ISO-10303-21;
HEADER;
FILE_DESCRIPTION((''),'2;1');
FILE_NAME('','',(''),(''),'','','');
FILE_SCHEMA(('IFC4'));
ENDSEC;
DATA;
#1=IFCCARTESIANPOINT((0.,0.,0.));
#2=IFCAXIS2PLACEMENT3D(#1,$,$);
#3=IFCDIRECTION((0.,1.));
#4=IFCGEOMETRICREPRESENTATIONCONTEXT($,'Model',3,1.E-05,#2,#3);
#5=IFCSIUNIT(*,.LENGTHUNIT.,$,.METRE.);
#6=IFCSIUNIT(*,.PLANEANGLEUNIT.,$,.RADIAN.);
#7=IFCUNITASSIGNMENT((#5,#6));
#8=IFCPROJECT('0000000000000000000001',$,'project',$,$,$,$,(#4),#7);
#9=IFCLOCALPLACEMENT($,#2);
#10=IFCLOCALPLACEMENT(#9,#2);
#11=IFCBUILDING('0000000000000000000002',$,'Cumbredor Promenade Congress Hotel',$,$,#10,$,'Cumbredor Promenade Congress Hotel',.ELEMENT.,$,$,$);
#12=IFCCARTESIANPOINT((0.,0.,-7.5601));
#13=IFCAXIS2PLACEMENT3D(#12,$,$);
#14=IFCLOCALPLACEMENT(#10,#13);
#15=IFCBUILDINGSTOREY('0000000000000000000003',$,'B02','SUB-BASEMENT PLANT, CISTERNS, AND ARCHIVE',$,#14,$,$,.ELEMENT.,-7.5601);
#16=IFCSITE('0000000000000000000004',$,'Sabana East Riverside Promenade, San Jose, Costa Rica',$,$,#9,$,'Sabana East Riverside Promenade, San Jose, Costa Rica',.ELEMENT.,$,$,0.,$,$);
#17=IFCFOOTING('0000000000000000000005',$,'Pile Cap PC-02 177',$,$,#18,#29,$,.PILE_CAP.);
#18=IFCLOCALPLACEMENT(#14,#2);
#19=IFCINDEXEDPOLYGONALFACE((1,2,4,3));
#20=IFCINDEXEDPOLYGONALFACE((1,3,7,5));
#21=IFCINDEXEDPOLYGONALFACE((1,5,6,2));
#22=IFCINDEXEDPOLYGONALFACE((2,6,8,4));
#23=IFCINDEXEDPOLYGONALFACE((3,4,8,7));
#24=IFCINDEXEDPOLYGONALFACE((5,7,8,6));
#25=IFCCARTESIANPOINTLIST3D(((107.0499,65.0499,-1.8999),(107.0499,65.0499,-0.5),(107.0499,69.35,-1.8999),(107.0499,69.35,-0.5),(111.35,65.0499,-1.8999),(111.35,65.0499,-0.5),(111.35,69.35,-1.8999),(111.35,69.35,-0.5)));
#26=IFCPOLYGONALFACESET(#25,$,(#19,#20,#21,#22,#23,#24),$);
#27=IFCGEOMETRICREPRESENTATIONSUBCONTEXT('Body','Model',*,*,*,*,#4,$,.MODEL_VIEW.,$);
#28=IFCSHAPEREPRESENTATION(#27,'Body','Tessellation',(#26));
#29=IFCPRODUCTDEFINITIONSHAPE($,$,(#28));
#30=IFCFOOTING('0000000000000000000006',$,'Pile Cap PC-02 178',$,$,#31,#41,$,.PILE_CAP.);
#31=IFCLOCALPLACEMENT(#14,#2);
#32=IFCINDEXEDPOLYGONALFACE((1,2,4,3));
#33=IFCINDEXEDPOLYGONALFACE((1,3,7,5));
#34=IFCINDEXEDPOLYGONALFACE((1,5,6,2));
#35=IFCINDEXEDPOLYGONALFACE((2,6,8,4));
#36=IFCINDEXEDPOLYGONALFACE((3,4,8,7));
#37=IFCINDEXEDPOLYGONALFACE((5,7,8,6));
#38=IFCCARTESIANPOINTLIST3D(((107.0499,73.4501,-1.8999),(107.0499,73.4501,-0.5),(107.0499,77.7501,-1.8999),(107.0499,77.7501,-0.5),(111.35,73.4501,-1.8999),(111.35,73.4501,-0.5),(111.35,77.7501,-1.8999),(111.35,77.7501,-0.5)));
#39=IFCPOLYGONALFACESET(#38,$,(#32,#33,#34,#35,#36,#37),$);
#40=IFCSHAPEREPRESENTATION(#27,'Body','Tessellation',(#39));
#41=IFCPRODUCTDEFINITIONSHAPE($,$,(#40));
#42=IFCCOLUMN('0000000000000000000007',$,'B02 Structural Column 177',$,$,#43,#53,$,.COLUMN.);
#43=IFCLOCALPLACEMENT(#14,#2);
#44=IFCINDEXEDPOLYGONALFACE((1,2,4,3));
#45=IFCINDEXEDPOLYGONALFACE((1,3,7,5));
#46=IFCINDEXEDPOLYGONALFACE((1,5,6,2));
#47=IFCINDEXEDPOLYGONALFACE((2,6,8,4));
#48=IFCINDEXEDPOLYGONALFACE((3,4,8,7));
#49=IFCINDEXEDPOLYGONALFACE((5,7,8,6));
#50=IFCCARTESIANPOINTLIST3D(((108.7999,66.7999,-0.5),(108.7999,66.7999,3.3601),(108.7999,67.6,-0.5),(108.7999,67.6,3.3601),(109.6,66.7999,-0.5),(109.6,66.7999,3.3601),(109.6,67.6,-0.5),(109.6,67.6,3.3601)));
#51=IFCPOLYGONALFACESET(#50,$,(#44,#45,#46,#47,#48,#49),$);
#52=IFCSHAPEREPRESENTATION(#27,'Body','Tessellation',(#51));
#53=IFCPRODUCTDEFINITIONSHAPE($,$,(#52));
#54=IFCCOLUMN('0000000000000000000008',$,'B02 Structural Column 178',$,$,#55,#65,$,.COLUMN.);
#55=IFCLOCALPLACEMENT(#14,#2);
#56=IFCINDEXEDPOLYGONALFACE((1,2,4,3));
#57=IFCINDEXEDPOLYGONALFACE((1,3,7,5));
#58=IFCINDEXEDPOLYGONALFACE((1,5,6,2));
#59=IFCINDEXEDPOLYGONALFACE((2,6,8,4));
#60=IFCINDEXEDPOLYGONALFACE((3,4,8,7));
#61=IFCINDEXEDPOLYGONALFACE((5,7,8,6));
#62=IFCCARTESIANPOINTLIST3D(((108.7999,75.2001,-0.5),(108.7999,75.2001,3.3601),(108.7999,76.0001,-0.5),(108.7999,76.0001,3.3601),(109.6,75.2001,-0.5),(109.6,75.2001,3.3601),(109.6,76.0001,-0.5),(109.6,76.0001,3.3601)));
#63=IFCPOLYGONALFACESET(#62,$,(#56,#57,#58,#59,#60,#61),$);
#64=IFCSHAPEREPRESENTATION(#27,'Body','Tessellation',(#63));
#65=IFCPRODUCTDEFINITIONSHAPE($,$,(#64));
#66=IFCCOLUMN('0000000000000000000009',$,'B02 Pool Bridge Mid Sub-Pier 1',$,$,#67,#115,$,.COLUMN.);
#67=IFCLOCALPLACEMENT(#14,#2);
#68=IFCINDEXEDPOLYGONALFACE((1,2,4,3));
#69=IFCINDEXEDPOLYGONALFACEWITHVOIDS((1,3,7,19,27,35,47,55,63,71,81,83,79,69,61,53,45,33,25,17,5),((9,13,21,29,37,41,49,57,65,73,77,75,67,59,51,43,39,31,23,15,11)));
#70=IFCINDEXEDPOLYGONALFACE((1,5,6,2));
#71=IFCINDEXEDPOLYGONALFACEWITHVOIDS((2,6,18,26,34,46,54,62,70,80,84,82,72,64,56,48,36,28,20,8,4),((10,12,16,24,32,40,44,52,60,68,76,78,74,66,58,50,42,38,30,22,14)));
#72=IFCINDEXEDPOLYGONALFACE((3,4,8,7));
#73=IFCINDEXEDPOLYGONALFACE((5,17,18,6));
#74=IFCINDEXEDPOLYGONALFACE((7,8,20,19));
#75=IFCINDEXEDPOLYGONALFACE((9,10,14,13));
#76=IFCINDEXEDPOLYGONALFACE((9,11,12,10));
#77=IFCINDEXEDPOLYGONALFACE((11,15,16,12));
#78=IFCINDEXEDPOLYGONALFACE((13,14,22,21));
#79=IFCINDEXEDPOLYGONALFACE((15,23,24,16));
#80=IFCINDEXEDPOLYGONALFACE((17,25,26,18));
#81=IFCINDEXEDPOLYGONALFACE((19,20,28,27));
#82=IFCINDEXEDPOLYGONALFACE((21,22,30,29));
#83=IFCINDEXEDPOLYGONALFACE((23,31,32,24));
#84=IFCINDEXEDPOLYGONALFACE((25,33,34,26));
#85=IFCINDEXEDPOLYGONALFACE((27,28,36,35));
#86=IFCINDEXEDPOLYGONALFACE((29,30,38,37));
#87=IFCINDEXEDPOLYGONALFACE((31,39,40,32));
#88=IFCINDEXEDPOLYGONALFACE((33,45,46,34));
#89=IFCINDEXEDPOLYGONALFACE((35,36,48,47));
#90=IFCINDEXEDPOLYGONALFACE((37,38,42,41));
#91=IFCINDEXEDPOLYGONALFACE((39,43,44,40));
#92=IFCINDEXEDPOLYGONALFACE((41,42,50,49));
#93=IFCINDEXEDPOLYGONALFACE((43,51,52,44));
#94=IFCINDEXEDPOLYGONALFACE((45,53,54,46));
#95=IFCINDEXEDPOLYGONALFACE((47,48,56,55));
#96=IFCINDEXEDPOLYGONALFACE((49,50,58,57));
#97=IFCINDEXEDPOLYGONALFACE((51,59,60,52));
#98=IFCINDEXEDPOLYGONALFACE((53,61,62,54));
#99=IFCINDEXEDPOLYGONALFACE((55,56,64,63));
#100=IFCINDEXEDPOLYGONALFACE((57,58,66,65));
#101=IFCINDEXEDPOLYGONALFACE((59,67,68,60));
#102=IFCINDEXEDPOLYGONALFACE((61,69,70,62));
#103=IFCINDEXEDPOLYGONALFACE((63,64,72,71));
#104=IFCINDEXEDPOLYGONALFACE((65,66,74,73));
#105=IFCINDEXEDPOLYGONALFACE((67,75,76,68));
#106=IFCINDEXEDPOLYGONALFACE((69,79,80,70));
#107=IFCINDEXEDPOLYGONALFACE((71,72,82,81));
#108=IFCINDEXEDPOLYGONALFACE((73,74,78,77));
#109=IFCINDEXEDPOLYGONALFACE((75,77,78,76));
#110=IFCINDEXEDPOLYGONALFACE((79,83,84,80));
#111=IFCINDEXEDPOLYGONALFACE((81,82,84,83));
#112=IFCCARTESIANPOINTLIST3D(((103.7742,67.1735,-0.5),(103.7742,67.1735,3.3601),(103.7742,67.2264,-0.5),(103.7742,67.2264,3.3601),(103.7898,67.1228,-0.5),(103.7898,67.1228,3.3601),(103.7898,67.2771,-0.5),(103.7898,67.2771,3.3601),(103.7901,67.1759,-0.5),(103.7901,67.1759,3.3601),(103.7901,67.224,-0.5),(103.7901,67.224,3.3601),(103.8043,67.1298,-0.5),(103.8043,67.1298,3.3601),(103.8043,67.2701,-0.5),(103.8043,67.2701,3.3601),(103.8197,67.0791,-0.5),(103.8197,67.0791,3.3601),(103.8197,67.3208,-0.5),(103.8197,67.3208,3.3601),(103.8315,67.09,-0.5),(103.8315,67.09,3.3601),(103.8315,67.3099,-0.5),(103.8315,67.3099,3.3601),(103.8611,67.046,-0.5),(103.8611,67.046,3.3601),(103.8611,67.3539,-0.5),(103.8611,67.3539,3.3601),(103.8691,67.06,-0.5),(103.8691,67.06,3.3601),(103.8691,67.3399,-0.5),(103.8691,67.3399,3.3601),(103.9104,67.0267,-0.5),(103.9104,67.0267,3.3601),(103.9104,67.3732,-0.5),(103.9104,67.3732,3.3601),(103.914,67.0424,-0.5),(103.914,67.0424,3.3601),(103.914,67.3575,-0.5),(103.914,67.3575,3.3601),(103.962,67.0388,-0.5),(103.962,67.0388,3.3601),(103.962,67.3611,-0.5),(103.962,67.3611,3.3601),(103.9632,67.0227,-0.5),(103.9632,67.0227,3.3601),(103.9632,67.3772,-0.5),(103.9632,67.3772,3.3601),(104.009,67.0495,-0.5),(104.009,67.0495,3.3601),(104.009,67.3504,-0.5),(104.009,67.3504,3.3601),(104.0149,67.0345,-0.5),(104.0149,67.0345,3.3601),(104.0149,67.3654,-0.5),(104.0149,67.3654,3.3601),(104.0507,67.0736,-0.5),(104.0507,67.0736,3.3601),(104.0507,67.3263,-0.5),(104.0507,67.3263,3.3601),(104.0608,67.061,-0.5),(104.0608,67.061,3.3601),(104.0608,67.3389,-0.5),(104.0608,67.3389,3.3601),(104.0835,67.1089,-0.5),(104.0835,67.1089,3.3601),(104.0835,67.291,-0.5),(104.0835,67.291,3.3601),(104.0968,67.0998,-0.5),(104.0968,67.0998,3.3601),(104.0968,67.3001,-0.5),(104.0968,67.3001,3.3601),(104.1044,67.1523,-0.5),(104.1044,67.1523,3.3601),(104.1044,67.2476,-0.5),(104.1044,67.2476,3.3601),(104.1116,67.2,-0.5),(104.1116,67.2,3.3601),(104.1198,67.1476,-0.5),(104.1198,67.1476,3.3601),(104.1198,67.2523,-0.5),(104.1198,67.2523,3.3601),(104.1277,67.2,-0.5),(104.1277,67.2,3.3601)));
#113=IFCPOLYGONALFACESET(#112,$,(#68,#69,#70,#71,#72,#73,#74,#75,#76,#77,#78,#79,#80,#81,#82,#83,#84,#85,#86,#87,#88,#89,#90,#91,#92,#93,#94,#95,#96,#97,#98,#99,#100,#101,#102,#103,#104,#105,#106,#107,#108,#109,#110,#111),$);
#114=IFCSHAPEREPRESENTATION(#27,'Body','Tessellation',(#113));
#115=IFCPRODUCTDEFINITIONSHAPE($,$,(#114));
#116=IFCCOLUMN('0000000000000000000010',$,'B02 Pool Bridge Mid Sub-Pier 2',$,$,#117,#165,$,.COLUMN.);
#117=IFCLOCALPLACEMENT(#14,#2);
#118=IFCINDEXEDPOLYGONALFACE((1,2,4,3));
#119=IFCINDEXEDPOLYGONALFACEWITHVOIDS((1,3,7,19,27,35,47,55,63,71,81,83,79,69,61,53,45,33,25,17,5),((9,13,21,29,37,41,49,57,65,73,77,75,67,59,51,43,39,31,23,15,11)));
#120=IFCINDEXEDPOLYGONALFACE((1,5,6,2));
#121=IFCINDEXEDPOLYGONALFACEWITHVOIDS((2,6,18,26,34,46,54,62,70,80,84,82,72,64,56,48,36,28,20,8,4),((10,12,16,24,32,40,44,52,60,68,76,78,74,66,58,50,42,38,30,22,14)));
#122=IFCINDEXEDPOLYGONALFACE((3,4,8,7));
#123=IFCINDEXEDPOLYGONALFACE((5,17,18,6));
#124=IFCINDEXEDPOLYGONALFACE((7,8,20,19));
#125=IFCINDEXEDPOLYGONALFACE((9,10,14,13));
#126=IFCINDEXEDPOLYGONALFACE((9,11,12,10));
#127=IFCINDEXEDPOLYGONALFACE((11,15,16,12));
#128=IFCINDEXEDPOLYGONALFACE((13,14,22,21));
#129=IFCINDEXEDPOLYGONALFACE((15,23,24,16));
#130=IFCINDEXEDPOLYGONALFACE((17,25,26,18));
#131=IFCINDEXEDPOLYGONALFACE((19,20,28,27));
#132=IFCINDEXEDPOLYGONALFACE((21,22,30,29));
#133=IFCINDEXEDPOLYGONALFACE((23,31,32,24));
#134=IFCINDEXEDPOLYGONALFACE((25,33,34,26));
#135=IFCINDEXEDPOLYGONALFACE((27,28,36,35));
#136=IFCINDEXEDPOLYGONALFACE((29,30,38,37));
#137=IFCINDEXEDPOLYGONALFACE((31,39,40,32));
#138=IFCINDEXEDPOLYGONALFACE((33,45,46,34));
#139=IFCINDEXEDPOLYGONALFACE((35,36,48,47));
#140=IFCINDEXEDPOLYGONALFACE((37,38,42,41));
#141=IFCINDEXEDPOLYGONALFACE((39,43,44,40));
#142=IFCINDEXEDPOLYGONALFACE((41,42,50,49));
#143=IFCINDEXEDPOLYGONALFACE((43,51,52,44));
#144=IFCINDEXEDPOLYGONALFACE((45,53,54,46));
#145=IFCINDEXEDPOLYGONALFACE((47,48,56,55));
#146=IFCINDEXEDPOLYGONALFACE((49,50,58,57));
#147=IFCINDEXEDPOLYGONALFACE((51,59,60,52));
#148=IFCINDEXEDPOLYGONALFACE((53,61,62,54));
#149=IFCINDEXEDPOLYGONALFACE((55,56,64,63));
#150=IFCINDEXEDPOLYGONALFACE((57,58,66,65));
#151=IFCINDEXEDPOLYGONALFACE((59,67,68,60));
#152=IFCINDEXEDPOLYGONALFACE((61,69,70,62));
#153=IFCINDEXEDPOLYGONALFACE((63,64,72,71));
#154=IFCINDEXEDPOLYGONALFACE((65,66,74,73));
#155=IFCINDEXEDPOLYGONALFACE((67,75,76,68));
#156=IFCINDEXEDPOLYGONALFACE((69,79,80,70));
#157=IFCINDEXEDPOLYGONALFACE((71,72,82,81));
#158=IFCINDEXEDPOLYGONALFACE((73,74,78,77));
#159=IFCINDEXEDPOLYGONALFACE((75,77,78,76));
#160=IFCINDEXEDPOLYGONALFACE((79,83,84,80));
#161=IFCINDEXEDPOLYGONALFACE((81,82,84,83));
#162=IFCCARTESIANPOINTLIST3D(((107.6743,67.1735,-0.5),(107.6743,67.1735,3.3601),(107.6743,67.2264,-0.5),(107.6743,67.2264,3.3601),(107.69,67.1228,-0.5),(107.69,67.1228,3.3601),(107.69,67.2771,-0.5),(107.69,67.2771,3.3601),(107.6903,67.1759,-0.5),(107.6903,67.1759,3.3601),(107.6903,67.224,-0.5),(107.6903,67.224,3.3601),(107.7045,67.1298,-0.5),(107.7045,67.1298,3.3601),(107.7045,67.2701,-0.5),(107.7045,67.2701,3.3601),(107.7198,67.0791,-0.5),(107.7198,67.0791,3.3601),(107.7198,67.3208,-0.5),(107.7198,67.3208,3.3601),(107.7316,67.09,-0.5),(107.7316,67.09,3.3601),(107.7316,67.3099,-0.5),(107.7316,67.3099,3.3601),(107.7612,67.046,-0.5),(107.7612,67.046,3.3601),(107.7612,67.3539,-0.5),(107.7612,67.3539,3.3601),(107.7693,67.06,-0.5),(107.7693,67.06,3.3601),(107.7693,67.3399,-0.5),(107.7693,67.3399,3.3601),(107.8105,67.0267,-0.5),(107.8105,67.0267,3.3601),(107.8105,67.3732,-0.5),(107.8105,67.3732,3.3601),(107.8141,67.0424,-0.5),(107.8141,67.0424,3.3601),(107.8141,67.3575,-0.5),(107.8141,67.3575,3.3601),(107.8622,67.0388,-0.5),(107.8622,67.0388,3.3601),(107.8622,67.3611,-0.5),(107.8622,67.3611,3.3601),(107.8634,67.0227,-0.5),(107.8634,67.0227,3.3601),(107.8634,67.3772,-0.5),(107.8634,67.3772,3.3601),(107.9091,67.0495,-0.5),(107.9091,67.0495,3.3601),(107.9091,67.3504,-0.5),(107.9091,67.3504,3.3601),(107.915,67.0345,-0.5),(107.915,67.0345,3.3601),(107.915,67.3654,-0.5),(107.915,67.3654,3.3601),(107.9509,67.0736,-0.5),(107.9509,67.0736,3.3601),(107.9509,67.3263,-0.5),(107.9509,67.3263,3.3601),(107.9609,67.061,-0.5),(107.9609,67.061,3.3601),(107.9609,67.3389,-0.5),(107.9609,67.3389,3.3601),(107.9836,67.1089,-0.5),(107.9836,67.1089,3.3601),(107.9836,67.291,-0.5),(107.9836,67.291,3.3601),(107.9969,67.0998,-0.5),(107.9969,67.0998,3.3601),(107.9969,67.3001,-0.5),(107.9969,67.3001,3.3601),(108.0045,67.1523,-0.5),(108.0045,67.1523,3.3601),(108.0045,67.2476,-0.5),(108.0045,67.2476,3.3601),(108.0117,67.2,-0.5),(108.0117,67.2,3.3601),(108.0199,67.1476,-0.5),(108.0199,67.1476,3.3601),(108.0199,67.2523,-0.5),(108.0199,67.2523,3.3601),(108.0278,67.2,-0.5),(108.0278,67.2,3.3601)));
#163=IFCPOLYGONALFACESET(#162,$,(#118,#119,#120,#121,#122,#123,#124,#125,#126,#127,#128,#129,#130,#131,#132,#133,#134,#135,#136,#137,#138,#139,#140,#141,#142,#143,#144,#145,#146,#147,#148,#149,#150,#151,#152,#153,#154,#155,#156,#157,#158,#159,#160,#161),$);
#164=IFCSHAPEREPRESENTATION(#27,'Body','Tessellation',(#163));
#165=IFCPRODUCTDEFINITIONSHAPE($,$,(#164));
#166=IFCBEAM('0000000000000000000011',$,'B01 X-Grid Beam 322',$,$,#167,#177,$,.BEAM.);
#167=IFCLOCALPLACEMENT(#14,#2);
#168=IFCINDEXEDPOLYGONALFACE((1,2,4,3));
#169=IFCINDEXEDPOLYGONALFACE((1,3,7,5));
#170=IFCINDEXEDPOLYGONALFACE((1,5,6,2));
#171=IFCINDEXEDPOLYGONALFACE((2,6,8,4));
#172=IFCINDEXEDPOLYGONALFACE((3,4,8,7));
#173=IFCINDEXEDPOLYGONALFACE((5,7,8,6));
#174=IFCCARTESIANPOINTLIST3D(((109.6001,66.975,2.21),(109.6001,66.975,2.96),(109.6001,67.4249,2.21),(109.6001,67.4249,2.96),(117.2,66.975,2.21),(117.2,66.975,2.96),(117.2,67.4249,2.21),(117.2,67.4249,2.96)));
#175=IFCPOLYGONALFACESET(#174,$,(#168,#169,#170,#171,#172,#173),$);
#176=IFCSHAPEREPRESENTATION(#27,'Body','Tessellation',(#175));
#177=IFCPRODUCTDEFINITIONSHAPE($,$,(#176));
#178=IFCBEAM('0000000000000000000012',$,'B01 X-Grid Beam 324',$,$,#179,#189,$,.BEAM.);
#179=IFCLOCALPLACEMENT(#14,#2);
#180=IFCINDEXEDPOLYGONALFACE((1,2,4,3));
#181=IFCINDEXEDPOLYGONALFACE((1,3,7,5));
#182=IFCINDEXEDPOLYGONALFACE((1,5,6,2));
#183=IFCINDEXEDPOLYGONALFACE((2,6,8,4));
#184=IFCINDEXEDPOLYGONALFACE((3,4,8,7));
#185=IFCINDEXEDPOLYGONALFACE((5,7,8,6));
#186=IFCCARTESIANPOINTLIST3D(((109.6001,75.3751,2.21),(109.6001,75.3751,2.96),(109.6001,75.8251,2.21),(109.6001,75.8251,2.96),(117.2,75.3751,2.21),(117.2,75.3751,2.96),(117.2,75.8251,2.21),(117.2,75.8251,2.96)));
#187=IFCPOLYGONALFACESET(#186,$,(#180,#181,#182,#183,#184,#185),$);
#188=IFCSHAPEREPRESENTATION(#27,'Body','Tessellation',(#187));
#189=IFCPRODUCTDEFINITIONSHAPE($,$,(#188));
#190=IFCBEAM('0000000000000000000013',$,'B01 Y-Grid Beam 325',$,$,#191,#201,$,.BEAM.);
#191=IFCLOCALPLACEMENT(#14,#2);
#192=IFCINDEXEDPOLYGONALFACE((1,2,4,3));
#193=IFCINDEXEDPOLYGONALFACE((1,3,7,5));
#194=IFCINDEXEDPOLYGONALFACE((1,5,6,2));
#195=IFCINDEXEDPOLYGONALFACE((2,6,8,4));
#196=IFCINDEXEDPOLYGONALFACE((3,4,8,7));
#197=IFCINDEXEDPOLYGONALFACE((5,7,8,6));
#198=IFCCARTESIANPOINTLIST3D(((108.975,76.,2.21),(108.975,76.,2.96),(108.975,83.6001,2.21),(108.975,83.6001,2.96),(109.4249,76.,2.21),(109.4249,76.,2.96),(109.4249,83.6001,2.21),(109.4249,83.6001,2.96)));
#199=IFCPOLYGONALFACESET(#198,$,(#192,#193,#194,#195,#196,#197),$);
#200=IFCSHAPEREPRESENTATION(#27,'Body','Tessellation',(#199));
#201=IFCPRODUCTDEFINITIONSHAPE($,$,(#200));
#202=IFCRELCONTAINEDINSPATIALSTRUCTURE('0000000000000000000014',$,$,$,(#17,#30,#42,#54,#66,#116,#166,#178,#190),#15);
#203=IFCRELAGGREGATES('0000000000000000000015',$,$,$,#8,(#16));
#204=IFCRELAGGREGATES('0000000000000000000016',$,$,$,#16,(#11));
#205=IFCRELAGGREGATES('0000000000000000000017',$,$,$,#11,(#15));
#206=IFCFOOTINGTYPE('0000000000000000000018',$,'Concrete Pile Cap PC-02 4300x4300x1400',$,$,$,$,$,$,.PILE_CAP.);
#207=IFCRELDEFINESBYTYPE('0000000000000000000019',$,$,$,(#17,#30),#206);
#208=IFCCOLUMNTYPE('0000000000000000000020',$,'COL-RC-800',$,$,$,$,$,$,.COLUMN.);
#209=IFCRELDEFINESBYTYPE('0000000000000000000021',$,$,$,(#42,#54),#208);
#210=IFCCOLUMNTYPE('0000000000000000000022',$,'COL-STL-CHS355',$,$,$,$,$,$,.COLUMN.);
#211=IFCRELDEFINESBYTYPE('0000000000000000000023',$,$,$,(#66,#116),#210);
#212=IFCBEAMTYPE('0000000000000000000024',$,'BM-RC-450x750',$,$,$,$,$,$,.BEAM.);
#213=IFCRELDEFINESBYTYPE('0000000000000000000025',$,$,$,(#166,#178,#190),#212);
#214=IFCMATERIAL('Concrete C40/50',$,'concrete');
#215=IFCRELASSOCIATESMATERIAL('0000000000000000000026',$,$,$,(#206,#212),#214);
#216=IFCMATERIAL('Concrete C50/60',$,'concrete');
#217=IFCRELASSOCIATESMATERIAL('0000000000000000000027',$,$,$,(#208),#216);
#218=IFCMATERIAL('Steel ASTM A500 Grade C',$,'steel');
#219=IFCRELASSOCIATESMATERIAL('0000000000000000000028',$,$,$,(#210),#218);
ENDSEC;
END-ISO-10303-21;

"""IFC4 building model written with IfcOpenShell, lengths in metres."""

from ifc_helpers import new_model, si_unit, direction, frame, origin, origin_2d, place, context, subcontext, project, spatial, rectangle, hollow_circle, extrude, material, material_profile, profile_set, type_object, element, save


model = new_model("IFC4")

# Units and contexts
model_context = context("Model", 3, precision=1e-05, world=origin(), true_north=direction((0.0, 1.0)))
body_context = subcontext(model_context, "Body", "Model", "MODEL_VIEW")
ifc_project = project(units=[si_unit("LENGTHUNIT", "METRE"), si_unit("PLANEANGLEUNIT", "RADIAN")], contexts=[model_context])

# Site, building, storey
site_placement = place(None, origin())
site = spatial("IfcSite", under=ifc_project, at=site_placement, Name="Sabana East Riverside Promenade, San Jose, Costa Rica", LongName="Sabana East Riverside Promenade, San Jose, Costa Rica", CompositionType="ELEMENT", RefElevation=0.0)
building_placement = place(site_placement, origin())
building = spatial("IfcBuilding", under=site, at=building_placement, Name="Cumbredor Promenade Congress Hotel", LongName="Cumbredor Promenade Congress Hotel", CompositionType="ELEMENT")
storey_placement = place(building_placement, frame((0.0, 0.0, -7.5601)))
storey = spatial("IfcBuildingStorey", under=building, at=storey_placement, Name="B02", Description="SUB-BASEMENT PLANT, CISTERNS, AND ARCHIVE", CompositionType="ELEMENT", Elevation=-7.5601)

# Shared definitions
ifc_material_1 = material(Name="Concrete C40/50", Category="concrete")

# Footings
footing_type_1 = type_object("IfcFootingType", Name="Concrete Pile Cap PC-02 4300x4300x1400", PredefinedType="PILE_CAP", material=ifc_material_1)
for number, where, z_axis, x_axis, name in (
    (1, (109.2, 67.2, -1.8999), (0.0, 0.0, 1.0), (1.0, 0.0, 0.0), "Pile Cap PC-02 177"),
    (2, (109.2, 75.6001, -1.8999), (0.0, 0.0, 1.0), (1.0, 0.0, 0.0), "Pile Cap PC-02 178"),
):
    element("IfcFooting", number, at=place(storey_placement, frame(where, z_axis=z_axis, x_axis=x_axis)), inside=storey, type_object=footing_type_1, Name=name, PredefinedType="PILE_CAP", context=body_context, shape_type="SweptSolid", body=[
        extrude(rectangle(XDim=4.3, YDim=4.3, at=origin_2d()), origin(), (0.0, 0.0, 1.0), 1.3999),
    ])

# Columns
ifc_material_2 = material(Name="Concrete C50/60", Category="concrete")
ifc_material_profile_1 = material_profile(ifc_material_2, rectangle(XDim=0.8, YDim=0.8, at=origin_2d()), Name="RC 800x800")
ifc_profile_set_1 = profile_set([ifc_material_profile_1], Name="Concrete C50/60")
column_type_1 = type_object("IfcColumnType", Name="COL-RC-800", PredefinedType="COLUMN", material=ifc_profile_set_1)
for number, where, z_axis, x_axis, name in (
    (3, (109.2, 67.2, -0.5), (0.0, 0.0, 1.0), (1.0, 0.0, 0.0), "B02 Structural Column 177"),
    (4, (109.2, 75.6001, -0.5), (0.0, 0.0, 1.0), (1.0, 0.0, 0.0), "B02 Structural Column 178"),
):
    element("IfcColumn", number, at=place(storey_placement, frame(where, z_axis=z_axis, x_axis=x_axis)), inside=storey, type_object=column_type_1, Name=name, PredefinedType="COLUMN", context=body_context, shape_type="SweptSolid", body=[
        extrude(rectangle(XDim=0.8, YDim=0.8, at=origin_2d()), origin(), (0.0, 0.0, 1.0), 3.8601),
    ])
ifc_material_3 = material(Name="Steel ASTM A500 Grade C", Category="steel")
ifc_material_profile_2 = material_profile(ifc_material_3, hollow_circle(Radius=0.1777, WallThickness=0.0161, at=origin_2d()), Name="CHS 355.6x16")
ifc_profile_set_2 = profile_set([ifc_material_profile_2], Name="Steel ASTM A500 Grade C")
column_type_2 = type_object("IfcColumnType", Name="COL-STL-CHS355", PredefinedType="COLUMN", material=ifc_profile_set_2)
for number, where, z_axis, x_axis, name in (
    (5, (103.95, 67.2, -0.5), (0.0, 0.0, 1.0), (1.0, 0.0, 0.0), "B02 Pool Bridge Mid Sub-Pier 1"),
    (6, (107.8501, 67.2, -0.5), (0.0, 0.0, 1.0), (1.0, 0.0, 0.0), "B02 Pool Bridge Mid Sub-Pier 2"),
):
    element("IfcColumn", number, at=place(storey_placement, frame(where, z_axis=z_axis, x_axis=x_axis)), inside=storey, type_object=column_type_2, Name=name, PredefinedType="COLUMN", context=body_context, shape_type="SweptSolid", body=[
        extrude(hollow_circle(Radius=0.1777, WallThickness=0.0161, at=origin_2d()), origin(), (0.0, 0.0, 1.0), 3.8601),
    ])

# Beams
ifc_material_profile_3 = material_profile(ifc_material_1, rectangle(XDim=0.45, YDim=0.75, at=origin_2d()), Name="RC BEAM 450x750")
ifc_profile_set_3 = profile_set([ifc_material_profile_3], Name="Concrete C40/50")
beam_type_1 = type_object("IfcBeamType", Name="BM-RC-450x750", PredefinedType="BEAM", material=ifc_profile_set_3)
for number, where, z_axis, x_axis, name in (
    (7, (109.6001, 67.2, 2.585), (1.0, 0.0, 0.0), (0.0, 1.0, 0.0), "B01 X-Grid Beam 322"),
    (8, (109.6001, 75.6001, 2.585), (1.0, 0.0, 0.0), (0.0, 1.0, 0.0), "B01 X-Grid Beam 324"),
):
    element("IfcBeam", number, at=place(storey_placement, frame(where, z_axis=z_axis, x_axis=x_axis)), inside=storey, type_object=beam_type_1, Name=name, PredefinedType="BEAM", context=body_context, shape_type="SweptSolid", body=[
        extrude(rectangle(XDim=0.45, YDim=0.75, at=origin_2d()), origin(), (0.0, 0.0, 1.0), 7.5999),
    ])
beam_1_placement = place(storey_placement, frame((109.2, 76.0, 2.585), z_axis=(0.0, 1.0, 0.0), x_axis=(-1.0, 0.0, 0.0)))
element("IfcBeam", 9, at=beam_1_placement, inside=storey, type_object=beam_type_1, Name="B01 Y-Grid Beam 325", PredefinedType="BEAM", context=body_context, shape_type="SweptSolid", body=[
    extrude(rectangle(XDim=0.45, YDim=0.75, at=origin_2d()), origin(), (0.0, 0.0, 1.0), 7.6001),
])

save(model, "model.ifc")
